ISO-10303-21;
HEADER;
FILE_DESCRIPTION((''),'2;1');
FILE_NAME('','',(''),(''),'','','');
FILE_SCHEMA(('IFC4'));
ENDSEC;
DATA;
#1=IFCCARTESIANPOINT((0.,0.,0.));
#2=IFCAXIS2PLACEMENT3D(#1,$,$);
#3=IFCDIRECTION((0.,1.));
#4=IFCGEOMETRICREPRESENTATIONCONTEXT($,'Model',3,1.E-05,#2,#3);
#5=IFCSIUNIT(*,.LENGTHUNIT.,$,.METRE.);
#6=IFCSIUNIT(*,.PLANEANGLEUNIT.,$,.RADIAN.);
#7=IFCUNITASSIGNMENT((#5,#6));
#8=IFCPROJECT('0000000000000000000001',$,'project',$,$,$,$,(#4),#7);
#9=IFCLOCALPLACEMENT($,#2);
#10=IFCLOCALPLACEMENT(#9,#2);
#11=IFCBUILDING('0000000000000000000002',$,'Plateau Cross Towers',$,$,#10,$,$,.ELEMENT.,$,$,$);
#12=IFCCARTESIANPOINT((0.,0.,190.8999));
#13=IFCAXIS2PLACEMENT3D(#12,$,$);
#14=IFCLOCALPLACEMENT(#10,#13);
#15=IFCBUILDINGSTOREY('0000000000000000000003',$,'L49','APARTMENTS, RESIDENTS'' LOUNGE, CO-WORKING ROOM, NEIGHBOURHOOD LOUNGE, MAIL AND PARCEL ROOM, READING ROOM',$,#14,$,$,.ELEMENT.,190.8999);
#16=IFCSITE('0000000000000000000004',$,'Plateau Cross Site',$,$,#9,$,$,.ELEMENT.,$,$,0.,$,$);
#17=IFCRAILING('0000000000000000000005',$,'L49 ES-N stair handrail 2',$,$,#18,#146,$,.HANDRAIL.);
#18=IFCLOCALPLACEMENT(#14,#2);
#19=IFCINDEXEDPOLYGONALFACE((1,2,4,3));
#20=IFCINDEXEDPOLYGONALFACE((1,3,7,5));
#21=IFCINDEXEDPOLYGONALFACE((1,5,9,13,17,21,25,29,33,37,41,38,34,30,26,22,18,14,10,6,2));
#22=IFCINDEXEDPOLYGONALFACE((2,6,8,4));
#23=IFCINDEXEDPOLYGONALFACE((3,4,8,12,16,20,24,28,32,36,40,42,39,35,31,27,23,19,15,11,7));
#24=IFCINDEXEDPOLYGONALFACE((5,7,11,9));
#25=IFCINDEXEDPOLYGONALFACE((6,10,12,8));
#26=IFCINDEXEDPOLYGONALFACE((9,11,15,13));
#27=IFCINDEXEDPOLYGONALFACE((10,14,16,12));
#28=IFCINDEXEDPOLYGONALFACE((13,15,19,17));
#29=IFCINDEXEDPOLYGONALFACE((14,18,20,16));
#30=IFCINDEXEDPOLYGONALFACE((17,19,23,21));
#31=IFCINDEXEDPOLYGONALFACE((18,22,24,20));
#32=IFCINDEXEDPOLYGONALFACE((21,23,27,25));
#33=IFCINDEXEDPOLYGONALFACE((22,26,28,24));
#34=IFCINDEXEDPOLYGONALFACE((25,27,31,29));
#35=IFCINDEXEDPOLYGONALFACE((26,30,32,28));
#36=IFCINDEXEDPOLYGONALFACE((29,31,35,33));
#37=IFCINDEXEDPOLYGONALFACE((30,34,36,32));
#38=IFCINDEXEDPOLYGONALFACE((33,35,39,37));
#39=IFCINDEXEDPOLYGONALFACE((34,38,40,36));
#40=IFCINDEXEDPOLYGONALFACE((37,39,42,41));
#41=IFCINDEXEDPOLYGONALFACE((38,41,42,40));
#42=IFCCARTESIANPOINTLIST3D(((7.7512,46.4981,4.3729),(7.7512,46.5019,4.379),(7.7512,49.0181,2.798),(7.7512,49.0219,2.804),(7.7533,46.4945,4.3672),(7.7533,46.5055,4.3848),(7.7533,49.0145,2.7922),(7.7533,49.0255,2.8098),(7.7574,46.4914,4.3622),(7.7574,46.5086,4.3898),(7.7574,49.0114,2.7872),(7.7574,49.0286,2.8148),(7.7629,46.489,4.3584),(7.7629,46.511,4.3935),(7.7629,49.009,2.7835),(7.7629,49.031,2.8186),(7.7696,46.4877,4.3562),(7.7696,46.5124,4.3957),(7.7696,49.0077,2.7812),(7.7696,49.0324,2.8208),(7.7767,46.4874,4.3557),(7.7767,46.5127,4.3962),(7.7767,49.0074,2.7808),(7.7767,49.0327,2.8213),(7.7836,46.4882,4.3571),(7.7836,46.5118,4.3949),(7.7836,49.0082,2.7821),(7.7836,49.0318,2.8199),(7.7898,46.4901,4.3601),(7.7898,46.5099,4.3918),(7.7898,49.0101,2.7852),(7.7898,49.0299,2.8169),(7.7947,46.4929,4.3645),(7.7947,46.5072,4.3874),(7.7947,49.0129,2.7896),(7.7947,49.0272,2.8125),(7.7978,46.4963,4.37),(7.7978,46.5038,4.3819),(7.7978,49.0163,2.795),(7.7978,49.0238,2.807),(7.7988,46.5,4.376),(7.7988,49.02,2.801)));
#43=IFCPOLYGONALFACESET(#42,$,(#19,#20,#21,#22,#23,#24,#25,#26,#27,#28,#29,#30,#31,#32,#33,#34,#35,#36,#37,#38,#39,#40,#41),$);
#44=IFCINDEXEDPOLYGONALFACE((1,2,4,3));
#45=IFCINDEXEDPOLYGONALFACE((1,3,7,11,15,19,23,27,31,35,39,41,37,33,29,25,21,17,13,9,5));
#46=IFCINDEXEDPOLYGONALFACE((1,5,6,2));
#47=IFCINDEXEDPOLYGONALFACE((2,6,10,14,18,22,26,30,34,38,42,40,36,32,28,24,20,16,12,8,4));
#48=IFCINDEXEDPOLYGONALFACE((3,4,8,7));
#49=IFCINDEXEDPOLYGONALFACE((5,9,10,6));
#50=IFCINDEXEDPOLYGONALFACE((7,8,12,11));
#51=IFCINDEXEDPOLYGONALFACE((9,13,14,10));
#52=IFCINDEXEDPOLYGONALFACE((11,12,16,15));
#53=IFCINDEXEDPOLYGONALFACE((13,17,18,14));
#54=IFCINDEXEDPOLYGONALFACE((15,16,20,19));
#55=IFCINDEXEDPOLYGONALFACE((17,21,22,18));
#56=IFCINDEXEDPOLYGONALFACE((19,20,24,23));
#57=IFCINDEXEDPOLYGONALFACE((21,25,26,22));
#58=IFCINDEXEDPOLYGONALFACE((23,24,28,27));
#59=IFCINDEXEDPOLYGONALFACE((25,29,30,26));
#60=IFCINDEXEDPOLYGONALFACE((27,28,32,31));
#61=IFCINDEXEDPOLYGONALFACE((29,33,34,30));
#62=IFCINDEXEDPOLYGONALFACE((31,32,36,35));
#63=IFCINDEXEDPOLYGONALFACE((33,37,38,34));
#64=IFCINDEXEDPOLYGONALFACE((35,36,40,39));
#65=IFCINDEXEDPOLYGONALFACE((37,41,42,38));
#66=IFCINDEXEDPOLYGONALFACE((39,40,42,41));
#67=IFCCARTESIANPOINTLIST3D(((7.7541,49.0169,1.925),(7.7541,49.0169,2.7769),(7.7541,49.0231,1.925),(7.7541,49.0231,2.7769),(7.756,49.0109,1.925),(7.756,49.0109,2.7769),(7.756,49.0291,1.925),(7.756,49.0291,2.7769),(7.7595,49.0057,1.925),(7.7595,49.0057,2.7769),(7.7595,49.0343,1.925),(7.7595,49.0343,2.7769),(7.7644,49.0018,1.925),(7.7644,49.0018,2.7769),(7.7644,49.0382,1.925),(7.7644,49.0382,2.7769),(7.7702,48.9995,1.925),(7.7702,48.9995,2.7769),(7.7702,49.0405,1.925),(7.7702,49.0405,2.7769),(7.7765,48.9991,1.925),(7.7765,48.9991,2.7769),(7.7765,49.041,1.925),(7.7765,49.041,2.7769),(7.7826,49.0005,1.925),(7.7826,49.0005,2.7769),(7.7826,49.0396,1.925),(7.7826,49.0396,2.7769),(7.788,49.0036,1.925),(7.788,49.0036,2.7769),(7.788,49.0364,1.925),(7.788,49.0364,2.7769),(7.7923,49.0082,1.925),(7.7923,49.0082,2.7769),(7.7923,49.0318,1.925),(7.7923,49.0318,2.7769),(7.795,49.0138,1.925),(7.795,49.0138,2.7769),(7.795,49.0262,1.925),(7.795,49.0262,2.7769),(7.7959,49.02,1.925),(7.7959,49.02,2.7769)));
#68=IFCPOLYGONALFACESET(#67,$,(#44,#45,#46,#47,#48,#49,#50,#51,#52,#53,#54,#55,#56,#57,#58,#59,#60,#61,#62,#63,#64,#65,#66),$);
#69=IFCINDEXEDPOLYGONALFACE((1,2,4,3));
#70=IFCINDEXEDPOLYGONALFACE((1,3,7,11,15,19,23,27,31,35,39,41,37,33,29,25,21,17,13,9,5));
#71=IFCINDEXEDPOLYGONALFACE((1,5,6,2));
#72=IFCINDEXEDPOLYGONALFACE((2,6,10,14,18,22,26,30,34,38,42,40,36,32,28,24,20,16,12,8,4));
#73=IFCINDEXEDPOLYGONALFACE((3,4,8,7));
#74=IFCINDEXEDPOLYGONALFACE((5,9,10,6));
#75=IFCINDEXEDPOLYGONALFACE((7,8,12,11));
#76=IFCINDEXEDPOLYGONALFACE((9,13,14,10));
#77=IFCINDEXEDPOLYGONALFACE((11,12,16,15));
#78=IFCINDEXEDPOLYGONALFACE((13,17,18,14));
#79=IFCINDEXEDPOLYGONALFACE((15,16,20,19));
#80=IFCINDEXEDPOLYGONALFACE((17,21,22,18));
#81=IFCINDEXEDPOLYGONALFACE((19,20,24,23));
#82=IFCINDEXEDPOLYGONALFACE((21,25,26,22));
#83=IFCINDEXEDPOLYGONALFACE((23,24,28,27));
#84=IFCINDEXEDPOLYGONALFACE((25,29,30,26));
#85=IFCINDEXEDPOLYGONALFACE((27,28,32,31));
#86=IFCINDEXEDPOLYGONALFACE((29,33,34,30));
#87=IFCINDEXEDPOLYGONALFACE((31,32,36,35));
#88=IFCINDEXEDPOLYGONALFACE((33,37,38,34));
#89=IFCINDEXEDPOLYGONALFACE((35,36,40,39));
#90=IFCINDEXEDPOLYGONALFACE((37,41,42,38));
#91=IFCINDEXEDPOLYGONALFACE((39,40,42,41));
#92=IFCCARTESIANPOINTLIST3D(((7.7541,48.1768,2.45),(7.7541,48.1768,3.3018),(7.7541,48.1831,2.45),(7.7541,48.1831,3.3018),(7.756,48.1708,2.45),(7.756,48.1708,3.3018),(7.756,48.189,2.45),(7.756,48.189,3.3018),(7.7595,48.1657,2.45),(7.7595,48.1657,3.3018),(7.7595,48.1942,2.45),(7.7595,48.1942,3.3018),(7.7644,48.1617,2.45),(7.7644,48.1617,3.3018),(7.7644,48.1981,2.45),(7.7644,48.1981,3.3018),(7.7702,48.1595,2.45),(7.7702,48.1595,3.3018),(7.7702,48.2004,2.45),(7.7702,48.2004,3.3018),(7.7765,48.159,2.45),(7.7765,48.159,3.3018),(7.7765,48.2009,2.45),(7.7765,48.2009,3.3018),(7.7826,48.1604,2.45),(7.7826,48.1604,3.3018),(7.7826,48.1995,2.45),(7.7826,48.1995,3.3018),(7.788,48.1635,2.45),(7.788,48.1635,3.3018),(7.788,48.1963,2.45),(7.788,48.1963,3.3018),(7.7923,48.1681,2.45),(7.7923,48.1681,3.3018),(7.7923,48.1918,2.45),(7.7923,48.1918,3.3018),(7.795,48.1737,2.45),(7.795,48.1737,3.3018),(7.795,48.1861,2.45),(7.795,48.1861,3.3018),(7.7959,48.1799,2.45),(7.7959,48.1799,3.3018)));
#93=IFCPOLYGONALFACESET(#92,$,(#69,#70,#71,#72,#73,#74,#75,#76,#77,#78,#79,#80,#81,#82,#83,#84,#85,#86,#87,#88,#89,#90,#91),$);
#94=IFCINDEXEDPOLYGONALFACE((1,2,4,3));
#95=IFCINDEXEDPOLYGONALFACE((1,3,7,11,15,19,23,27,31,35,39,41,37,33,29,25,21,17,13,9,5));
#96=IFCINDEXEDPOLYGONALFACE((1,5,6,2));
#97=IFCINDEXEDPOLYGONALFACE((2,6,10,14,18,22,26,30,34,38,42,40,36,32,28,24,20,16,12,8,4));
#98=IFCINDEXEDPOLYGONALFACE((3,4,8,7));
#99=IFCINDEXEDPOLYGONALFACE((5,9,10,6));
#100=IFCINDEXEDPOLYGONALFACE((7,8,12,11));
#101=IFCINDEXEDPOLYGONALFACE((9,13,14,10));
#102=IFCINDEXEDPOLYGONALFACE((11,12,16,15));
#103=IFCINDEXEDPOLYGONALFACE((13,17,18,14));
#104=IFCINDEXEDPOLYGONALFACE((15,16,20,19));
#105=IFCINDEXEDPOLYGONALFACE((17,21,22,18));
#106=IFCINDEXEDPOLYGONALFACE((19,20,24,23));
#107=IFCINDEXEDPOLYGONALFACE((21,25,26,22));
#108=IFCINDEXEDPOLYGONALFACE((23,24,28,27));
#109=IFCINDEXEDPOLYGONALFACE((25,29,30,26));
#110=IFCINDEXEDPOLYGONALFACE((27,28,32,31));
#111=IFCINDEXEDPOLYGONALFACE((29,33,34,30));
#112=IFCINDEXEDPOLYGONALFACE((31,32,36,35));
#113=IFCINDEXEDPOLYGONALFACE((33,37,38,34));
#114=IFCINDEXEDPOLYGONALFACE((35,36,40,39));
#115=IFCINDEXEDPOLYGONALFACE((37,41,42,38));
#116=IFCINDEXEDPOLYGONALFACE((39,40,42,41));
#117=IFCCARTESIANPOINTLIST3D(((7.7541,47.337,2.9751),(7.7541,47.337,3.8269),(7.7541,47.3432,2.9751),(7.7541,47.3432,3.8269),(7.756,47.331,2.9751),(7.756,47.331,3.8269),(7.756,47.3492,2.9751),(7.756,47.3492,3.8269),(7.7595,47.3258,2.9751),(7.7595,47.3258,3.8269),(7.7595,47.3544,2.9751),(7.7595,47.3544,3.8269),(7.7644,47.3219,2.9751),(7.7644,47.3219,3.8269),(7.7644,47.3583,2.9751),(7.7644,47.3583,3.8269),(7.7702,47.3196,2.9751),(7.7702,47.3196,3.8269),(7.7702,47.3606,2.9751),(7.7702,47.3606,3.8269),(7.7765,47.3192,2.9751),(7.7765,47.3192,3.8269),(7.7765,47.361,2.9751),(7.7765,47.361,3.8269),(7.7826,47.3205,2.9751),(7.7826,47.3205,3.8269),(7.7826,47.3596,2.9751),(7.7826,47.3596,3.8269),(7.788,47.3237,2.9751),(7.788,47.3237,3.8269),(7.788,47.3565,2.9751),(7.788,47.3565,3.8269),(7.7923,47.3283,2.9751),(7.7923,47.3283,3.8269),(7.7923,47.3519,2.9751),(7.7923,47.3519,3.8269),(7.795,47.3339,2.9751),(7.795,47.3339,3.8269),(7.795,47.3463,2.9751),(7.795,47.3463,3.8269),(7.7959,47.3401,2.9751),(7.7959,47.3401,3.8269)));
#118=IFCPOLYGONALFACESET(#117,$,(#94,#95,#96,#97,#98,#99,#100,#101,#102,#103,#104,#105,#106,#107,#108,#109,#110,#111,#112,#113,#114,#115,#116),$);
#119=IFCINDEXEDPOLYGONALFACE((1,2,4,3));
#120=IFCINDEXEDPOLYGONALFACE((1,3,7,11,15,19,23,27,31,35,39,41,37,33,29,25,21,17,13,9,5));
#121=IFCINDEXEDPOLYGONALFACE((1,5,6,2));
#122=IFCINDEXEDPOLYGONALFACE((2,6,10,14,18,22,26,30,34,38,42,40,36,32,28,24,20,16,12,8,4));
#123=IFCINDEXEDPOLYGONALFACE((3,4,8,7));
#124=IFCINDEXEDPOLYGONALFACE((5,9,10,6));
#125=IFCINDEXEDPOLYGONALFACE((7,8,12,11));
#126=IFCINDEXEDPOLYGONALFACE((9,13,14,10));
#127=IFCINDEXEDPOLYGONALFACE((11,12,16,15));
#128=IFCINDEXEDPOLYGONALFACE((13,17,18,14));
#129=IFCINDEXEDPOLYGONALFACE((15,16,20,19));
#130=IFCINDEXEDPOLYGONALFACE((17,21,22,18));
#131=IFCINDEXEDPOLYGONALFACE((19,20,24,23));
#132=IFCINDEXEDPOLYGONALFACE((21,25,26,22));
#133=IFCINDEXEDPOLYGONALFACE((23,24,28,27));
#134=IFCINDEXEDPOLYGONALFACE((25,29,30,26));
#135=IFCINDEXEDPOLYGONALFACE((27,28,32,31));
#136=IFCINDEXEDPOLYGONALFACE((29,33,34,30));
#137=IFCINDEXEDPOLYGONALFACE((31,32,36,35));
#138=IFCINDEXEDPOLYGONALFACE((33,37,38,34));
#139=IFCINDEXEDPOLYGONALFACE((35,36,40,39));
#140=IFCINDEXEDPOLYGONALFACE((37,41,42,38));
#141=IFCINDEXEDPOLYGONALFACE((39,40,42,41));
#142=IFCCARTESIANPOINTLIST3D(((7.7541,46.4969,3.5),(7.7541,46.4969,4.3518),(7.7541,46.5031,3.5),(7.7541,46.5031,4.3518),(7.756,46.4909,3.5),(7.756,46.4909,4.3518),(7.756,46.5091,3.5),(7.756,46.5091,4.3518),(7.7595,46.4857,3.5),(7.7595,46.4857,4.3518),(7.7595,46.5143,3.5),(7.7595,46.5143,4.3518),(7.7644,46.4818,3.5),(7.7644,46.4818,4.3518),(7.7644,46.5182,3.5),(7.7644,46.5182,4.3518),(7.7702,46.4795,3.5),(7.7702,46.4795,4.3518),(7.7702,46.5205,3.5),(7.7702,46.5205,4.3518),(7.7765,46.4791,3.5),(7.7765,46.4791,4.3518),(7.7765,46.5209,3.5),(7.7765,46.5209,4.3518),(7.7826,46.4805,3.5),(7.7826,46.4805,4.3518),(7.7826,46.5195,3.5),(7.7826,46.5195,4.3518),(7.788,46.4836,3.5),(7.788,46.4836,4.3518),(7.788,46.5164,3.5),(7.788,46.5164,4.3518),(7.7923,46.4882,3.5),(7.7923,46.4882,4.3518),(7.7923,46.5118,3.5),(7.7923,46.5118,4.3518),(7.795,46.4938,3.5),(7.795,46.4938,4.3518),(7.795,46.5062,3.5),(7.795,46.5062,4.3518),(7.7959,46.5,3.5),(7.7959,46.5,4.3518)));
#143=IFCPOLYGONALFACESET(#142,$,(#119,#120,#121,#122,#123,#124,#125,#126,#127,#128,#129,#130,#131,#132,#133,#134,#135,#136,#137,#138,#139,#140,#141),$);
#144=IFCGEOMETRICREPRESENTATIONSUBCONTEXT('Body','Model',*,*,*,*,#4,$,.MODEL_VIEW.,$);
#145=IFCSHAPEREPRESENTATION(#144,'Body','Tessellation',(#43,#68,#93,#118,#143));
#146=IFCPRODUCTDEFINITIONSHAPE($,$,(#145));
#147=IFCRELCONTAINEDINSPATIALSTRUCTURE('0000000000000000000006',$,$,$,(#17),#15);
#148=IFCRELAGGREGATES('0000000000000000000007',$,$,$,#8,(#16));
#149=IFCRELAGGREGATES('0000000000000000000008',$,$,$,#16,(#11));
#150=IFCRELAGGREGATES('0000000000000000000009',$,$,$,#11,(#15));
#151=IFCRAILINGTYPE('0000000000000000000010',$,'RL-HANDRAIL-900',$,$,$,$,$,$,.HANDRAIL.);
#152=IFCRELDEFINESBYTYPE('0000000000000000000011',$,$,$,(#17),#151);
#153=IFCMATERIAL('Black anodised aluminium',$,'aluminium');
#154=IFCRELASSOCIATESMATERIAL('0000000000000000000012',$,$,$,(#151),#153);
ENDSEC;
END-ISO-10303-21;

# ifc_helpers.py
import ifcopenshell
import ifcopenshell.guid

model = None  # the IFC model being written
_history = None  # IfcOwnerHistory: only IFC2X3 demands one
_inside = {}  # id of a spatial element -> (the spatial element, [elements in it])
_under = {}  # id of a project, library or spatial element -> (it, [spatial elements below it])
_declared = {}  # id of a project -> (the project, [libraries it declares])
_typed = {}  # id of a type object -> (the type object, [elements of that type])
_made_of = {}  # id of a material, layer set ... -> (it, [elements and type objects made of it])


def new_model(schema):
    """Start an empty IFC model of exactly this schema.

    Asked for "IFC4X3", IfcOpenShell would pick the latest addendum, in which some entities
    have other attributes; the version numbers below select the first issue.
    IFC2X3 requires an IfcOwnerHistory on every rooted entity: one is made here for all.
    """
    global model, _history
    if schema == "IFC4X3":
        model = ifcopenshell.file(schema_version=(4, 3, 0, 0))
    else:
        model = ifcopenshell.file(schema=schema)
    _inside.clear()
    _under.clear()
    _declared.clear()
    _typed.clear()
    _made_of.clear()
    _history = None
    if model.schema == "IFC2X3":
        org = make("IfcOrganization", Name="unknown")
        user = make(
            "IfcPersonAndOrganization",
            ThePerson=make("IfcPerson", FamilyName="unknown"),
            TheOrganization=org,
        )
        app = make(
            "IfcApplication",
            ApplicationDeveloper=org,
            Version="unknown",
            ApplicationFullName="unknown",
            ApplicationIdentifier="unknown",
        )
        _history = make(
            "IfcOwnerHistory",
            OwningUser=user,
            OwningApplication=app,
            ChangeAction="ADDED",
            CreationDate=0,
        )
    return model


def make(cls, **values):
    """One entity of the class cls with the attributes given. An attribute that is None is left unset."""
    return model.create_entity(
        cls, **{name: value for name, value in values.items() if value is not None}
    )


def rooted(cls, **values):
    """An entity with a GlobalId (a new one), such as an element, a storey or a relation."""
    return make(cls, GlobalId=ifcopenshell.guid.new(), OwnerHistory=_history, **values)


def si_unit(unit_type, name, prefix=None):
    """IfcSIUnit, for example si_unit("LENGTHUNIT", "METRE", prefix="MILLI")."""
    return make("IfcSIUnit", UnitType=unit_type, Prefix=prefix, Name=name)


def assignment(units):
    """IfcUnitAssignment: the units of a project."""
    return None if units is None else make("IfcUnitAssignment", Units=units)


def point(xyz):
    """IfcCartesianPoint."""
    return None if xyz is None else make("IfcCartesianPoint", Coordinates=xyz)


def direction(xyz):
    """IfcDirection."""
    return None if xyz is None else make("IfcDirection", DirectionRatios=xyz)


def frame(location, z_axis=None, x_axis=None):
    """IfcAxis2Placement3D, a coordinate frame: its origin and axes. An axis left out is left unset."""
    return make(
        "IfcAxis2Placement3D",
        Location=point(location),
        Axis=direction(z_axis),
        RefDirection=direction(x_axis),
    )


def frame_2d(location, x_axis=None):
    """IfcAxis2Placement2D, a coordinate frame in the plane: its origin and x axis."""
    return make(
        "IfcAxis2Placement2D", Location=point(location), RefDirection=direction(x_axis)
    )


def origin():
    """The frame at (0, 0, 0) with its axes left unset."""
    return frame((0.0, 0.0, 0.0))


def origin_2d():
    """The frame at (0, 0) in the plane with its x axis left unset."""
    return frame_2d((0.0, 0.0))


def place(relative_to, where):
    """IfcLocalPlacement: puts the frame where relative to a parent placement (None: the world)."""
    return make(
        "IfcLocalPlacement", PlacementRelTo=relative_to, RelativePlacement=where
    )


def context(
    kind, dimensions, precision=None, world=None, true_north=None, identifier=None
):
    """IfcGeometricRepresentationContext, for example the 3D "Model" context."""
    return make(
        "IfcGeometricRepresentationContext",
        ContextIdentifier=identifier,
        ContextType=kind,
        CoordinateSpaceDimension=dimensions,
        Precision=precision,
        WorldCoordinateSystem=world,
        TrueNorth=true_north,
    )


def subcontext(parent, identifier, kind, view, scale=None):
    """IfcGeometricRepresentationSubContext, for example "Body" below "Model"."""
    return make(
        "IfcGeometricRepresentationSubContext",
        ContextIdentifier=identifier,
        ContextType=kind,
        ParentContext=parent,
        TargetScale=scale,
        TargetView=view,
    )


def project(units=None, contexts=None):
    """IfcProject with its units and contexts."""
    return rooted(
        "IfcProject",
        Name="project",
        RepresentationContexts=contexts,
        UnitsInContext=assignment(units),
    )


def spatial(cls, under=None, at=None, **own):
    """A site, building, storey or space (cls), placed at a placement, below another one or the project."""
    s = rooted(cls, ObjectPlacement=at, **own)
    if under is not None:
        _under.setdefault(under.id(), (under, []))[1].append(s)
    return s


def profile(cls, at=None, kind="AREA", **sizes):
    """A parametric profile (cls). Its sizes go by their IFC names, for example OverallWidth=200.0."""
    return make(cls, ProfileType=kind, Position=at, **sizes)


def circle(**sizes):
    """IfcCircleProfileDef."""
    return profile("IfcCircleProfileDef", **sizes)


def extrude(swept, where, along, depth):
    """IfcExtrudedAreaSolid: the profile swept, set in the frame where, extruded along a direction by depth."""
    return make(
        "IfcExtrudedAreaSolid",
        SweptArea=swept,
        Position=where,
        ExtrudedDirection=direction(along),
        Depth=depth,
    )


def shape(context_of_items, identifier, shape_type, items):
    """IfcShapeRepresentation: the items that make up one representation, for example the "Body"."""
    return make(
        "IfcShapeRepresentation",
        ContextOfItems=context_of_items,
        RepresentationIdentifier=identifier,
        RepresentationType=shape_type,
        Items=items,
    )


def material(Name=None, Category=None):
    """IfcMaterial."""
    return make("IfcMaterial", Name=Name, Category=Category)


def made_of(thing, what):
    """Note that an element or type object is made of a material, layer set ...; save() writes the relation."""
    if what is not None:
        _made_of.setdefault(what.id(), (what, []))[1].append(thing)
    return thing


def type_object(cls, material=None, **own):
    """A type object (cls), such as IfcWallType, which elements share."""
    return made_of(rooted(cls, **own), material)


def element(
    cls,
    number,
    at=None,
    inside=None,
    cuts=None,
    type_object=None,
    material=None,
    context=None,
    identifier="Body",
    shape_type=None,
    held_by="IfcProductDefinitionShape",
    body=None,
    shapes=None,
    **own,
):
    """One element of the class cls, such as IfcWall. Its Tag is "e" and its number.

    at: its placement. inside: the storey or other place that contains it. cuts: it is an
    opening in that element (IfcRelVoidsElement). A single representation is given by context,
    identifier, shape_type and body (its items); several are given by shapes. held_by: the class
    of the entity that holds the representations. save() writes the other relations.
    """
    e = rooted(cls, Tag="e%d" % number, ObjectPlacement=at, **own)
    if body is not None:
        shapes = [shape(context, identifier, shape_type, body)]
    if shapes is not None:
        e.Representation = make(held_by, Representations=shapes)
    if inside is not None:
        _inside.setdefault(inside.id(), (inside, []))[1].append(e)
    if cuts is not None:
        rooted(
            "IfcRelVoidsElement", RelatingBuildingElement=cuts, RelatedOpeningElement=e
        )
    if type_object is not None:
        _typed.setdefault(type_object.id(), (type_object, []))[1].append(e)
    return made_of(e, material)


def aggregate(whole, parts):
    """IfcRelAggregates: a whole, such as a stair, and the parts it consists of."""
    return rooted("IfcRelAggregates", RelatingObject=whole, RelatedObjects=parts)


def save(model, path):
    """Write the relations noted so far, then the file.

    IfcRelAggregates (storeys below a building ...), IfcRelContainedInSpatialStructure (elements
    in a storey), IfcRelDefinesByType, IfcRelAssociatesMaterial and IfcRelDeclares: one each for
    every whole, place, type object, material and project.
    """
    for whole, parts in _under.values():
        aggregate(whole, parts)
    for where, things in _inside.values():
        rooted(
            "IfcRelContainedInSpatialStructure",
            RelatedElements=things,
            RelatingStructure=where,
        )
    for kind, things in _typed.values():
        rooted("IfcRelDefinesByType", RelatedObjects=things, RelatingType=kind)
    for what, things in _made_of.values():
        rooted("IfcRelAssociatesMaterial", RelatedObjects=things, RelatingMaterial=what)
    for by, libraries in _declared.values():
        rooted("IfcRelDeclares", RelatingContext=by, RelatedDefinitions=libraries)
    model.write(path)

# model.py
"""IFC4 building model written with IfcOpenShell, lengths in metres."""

from ifc_helpers import new_model, si_unit, direction, frame, origin, origin_2d, place, context, subcontext, project, spatial, circle, extrude, material, type_object, element, save


model = new_model("IFC4")

# Units and contexts
model_context = context("Model", 3, precision=1e-05, world=origin(), true_north=direction((0.0, 1.0)))
body_context = subcontext(model_context, "Body", "Model", "MODEL_VIEW")
ifc_project = project(units=[si_unit("LENGTHUNIT", "METRE"), si_unit("PLANEANGLEUNIT", "RADIAN")], contexts=[model_context])

# Site, building, storey
site_placement = place(None, origin())
site = spatial("IfcSite", under=ifc_project, at=site_placement, Name="Plateau Cross Site", CompositionType="ELEMENT", RefElevation=0.0)
building_placement = place(site_placement, origin())
building = spatial("IfcBuilding", under=site, at=building_placement, Name="Plateau Cross Towers", CompositionType="ELEMENT")
storey_placement = place(building_placement, frame((0.0, 0.0, 190.8999)))
storey = spatial("IfcBuildingStorey", under=building, at=storey_placement, Name="L49", Description="APARTMENTS, RESIDENTS' LOUNGE, CO-WORKING ROOM, NEIGHBOURHOOD LOUNGE, MAIL AND PARCEL ROOM, READING ROOM", CompositionType="ELEMENT", Elevation=190.8999)

# Shared definitions
ifc_material_1 = material(Name="Black anodised aluminium", Category="aluminium")

# Railing
railing_type_1 = type_object("IfcRailingType", Name="RL-HANDRAIL-900", PredefinedType="HANDRAIL", material=ifc_material_1)
railing_1_placement = place(storey_placement, frame((7.7749, 49.02, 1.925)))
element("IfcRailing", 1, at=railing_1_placement, inside=storey, type_object=railing_type_1, Name="L49 ES-N stair handrail 2", PredefinedType="HANDRAIL", context=body_context, shape_type="SweptSolid", body=[
    extrude(circle(Radius=0.0239, at=origin_2d()), frame((0.0, 0.0, 0.876), z_axis=(0.0, -0.848008, 0.529984), x_axis=(1.0, 0.0, 0.0)), (0.0, 0.0, 1.0), 2.9717),
    extrude(circle(Radius=0.021, at=origin_2d()), origin(), (0.0, 0.0, 1.0), 0.8518),
    extrude(circle(Radius=0.021, at=origin_2d()), frame((0.0, -0.8401, 0.5249)), (0.0, 0.0, 1.0), 0.8518),
    extrude(circle(Radius=0.021, at=origin_2d()), frame((0.0, -1.6799, 1.05)), (0.0, 0.0, 1.0), 0.8518),
    extrude(circle(Radius=0.021, at=origin_2d()), frame((0.0, -2.52, 1.575)), (0.0, 0.0, 1.0), 0.8518),
])

save(model, "model.ifc")
